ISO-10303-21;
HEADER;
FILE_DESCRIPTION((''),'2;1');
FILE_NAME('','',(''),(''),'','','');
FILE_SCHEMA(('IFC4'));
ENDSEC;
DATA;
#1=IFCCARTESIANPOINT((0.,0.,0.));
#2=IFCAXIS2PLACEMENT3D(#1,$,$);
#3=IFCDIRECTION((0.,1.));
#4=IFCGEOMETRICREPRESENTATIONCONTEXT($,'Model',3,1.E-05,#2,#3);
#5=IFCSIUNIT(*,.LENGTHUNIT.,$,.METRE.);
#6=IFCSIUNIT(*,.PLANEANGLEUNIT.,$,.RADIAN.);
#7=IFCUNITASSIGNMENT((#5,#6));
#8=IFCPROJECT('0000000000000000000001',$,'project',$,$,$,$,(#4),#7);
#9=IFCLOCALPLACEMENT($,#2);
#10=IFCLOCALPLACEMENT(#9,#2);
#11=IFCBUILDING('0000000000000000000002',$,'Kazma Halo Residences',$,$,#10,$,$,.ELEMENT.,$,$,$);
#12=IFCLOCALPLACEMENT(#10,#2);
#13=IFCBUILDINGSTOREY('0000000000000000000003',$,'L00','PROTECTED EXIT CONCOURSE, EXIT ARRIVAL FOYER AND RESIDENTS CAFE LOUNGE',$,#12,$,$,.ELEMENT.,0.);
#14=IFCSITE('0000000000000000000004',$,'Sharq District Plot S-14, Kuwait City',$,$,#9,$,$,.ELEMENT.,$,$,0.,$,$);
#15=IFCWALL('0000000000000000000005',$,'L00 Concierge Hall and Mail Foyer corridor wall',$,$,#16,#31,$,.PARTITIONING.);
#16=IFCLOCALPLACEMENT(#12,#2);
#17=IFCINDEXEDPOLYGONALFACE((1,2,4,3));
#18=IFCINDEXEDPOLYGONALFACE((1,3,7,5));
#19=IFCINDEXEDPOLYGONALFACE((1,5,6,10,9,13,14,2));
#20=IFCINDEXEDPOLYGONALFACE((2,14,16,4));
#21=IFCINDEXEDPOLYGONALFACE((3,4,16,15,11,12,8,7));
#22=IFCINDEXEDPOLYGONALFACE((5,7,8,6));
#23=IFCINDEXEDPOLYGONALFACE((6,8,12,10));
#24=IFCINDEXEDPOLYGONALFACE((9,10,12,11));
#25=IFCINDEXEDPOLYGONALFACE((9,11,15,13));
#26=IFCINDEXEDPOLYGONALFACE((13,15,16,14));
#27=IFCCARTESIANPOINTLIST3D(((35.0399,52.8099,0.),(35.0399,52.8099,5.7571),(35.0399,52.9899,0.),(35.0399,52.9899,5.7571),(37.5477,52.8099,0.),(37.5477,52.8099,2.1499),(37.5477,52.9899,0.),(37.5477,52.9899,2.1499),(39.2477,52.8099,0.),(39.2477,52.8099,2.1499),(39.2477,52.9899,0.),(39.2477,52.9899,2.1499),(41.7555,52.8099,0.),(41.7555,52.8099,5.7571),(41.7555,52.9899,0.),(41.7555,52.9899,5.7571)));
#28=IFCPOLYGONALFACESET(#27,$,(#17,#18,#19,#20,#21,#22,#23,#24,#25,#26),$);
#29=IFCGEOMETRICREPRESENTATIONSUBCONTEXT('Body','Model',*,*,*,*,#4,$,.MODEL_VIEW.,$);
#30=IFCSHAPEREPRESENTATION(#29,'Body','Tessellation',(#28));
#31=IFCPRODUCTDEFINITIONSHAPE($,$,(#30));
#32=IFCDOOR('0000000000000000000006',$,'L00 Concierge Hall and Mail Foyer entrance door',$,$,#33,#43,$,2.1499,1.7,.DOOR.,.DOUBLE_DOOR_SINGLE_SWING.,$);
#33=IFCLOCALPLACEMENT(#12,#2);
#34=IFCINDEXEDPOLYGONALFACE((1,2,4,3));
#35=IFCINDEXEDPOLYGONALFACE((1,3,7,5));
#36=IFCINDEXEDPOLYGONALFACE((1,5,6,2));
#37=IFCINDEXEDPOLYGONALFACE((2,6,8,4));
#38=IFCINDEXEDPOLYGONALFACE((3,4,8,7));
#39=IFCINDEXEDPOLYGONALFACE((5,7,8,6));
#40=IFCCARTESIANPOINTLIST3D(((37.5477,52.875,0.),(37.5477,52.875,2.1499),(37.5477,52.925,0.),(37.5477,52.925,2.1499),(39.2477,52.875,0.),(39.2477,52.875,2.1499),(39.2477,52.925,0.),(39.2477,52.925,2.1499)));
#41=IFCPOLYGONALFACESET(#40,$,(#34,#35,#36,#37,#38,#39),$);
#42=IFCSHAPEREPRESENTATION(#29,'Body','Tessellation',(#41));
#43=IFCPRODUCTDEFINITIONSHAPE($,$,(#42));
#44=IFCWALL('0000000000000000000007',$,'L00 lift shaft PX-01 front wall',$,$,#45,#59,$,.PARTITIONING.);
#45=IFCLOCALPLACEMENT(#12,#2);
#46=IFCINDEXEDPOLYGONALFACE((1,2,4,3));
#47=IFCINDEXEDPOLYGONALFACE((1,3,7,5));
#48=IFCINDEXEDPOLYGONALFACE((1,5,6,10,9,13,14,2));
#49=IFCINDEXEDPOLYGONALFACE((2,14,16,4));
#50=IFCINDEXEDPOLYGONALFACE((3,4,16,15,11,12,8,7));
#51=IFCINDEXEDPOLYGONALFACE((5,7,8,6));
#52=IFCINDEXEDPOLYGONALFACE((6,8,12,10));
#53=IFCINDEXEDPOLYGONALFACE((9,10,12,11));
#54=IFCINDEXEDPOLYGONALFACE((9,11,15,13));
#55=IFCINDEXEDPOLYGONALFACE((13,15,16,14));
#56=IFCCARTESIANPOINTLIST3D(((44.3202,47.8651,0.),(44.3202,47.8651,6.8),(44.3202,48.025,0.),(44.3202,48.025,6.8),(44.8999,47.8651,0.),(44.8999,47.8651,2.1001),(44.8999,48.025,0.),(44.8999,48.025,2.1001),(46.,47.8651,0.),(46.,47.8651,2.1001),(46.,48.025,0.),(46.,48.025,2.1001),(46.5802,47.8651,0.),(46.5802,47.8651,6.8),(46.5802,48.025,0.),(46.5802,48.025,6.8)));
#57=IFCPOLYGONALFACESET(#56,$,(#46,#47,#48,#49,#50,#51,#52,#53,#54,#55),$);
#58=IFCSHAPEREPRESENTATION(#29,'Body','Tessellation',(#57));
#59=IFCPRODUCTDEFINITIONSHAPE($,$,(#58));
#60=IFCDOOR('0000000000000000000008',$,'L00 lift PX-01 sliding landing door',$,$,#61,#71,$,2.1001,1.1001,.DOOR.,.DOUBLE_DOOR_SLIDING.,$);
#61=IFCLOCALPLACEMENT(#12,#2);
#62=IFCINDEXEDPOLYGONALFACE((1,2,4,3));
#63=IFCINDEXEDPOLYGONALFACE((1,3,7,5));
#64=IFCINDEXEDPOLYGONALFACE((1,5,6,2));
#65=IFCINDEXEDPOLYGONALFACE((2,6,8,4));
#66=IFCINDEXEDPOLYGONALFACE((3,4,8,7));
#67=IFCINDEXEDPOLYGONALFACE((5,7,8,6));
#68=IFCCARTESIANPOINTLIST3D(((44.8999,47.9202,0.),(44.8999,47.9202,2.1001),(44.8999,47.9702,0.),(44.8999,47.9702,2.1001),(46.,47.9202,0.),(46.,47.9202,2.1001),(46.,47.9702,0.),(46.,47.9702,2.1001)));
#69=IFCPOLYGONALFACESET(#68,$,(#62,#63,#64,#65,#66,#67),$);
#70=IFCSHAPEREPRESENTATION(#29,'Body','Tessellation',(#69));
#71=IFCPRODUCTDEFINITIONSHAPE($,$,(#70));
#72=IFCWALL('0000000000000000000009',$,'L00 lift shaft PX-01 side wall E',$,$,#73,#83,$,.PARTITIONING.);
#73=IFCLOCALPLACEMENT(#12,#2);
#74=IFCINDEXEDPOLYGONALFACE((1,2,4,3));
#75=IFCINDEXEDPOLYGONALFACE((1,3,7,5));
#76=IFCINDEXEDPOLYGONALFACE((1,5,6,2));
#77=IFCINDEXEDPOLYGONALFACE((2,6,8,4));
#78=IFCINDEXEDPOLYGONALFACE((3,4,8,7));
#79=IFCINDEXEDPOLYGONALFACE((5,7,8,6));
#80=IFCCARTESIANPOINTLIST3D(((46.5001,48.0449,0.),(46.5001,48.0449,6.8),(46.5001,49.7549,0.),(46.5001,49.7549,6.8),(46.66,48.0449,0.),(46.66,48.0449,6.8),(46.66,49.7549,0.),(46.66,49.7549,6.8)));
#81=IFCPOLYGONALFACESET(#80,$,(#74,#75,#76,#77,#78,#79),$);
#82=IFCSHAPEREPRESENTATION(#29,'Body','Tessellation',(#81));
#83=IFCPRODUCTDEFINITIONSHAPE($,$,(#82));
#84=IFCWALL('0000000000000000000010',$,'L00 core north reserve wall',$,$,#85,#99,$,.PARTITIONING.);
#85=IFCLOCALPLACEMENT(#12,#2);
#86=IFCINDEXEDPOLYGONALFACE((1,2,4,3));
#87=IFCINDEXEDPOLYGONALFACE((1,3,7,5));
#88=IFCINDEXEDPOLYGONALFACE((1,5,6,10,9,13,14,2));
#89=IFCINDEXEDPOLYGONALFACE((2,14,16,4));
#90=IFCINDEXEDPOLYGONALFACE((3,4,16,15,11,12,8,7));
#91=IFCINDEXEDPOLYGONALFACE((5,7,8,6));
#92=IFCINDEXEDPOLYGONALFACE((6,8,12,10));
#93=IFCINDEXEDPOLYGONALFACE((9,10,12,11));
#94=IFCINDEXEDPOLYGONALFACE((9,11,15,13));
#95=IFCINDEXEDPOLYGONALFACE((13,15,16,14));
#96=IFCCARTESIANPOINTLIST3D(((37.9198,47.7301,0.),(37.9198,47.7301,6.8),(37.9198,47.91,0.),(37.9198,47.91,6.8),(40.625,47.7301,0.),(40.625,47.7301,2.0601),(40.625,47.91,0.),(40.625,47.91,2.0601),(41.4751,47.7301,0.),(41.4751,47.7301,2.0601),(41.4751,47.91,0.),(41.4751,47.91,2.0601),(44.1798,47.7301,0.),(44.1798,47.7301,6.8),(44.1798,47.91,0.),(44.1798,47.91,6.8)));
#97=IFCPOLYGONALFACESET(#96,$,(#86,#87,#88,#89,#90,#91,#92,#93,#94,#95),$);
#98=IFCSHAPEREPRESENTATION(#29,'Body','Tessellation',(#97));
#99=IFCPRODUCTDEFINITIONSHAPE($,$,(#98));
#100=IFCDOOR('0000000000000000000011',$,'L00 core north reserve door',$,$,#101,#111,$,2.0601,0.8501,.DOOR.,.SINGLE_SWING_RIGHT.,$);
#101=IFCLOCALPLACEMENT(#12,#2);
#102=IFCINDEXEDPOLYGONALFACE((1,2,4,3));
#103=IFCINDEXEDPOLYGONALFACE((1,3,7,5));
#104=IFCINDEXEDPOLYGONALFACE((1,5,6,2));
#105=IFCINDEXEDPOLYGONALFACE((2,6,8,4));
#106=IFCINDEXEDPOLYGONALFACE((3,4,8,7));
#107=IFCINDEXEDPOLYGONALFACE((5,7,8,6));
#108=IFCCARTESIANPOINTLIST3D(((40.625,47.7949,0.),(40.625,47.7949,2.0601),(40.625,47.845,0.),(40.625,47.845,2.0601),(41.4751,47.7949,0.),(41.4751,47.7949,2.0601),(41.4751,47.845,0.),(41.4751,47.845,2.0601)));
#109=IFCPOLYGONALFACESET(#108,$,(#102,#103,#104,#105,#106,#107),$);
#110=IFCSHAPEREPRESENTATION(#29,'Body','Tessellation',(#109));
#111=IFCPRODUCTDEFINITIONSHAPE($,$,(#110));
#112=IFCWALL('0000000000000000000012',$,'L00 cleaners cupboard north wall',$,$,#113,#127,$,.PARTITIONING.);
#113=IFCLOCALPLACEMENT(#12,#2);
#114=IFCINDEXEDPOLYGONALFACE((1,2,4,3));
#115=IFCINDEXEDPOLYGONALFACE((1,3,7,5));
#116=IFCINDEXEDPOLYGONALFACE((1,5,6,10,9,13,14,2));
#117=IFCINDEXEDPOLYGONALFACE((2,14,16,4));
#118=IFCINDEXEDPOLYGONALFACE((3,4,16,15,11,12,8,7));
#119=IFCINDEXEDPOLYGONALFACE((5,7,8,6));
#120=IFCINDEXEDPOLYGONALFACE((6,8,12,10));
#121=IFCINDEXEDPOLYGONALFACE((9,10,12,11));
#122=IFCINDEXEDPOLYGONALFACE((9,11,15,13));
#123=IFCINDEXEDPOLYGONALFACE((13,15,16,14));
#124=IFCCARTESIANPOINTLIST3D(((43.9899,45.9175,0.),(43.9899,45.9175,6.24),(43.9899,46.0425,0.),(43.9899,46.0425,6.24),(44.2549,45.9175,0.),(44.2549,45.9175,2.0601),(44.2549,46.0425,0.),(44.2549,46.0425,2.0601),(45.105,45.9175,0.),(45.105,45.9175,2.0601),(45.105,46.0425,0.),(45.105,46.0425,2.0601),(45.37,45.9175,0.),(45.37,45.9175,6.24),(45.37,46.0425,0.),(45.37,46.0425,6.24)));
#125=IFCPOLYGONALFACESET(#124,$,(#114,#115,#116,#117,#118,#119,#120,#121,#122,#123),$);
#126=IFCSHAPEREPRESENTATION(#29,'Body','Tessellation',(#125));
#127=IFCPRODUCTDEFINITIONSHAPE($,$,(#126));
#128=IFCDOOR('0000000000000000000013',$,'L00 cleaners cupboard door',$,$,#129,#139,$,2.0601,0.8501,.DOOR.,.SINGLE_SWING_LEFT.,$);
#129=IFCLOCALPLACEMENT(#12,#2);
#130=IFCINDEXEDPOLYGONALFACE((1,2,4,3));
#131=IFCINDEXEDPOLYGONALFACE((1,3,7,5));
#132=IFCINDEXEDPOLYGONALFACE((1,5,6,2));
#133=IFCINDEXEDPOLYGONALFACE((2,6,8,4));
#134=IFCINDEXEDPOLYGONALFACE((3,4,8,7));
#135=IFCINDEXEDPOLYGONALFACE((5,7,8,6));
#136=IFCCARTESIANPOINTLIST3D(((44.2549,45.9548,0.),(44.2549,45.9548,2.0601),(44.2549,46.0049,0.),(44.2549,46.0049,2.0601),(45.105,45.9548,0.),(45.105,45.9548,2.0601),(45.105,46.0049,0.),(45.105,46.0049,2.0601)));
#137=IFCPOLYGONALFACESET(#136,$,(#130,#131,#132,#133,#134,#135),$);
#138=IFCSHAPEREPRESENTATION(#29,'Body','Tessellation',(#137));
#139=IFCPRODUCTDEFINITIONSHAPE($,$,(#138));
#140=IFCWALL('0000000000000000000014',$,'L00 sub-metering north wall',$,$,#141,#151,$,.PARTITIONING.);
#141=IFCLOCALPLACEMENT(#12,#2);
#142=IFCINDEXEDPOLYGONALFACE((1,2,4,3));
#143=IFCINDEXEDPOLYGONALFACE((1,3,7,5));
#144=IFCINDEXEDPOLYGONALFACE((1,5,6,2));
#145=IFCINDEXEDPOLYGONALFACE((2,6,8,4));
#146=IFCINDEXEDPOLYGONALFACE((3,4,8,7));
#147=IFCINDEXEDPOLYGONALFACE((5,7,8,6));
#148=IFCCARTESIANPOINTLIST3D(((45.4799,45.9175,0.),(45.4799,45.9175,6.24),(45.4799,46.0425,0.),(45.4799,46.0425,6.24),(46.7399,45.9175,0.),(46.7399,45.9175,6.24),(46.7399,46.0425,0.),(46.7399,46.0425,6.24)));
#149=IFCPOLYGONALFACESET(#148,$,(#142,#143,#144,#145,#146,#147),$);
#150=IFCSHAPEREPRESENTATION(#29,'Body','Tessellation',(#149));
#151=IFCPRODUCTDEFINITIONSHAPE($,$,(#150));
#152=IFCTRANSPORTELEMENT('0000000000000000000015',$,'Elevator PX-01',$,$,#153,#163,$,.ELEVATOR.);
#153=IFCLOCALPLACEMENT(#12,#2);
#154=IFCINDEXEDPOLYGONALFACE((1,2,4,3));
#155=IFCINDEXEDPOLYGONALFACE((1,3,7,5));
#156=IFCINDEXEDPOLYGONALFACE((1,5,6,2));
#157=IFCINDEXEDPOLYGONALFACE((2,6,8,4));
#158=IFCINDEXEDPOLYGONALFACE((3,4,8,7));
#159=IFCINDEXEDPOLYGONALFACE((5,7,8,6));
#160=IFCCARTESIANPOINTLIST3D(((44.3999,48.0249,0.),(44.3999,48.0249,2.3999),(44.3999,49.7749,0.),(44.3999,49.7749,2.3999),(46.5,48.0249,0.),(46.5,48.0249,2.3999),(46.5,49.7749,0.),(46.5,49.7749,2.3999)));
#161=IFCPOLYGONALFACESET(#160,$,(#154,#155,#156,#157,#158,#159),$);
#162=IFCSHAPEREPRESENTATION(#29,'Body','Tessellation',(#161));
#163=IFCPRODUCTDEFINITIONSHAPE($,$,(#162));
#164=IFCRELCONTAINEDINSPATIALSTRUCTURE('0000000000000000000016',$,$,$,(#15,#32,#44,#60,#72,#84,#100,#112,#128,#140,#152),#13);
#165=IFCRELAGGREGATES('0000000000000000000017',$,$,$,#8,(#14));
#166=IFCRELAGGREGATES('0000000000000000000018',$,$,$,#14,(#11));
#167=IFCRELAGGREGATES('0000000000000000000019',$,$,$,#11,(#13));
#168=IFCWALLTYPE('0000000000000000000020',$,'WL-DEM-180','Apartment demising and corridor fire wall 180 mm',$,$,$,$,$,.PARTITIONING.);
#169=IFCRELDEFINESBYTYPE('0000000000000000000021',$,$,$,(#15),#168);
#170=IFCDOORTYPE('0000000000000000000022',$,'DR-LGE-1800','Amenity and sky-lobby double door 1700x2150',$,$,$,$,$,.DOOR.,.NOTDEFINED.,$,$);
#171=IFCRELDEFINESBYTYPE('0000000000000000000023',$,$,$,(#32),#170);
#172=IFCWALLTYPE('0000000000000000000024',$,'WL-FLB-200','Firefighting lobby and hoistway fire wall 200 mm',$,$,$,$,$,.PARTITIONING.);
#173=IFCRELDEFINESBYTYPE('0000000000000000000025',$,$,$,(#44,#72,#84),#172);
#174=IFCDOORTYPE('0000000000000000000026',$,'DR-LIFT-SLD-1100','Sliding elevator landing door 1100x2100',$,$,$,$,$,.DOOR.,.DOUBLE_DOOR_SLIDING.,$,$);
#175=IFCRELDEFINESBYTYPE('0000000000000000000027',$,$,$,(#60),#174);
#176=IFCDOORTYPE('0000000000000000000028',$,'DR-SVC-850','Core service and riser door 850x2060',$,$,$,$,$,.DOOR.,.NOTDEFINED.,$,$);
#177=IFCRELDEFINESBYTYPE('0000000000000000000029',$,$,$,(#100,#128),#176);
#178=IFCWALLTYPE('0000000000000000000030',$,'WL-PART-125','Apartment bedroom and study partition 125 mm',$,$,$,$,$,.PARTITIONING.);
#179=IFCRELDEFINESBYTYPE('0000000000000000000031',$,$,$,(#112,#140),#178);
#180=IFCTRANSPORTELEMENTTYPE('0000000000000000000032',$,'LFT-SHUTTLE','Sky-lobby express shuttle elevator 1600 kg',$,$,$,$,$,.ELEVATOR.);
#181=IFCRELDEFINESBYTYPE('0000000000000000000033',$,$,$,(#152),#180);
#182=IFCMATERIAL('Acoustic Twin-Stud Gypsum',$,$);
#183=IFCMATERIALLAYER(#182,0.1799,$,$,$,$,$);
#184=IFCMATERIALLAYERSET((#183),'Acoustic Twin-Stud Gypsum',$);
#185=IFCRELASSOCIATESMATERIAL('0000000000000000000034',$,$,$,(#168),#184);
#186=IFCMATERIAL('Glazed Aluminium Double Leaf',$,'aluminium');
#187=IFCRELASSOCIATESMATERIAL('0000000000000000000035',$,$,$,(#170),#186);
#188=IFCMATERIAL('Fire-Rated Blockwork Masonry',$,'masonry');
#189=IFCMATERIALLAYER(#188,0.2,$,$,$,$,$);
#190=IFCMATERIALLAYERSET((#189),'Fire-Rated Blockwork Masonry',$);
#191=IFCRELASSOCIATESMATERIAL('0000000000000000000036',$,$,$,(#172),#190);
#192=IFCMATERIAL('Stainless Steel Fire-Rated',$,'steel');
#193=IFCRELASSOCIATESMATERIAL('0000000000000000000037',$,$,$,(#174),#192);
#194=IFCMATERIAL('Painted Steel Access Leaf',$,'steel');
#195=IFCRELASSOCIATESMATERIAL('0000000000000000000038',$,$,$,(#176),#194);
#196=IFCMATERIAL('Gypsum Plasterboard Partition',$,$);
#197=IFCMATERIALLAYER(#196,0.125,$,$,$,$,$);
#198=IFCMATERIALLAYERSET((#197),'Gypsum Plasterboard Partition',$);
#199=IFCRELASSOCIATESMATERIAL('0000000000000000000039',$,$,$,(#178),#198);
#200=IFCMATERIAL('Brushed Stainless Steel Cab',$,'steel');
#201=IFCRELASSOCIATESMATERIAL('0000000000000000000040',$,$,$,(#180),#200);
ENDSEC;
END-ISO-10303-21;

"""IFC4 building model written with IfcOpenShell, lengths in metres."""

from ifc_helpers import new_model, si_unit, direction, frame, frame_2d, origin, origin_2d, place, context, subcontext, project, spatial, rectangle, extrude, material, layer, layer_set, type_object, element, fill, save


model = new_model("IFC4")

# Units and contexts
model_context = context("Model", 3, precision=1e-05, world=origin(), true_north=direction((0.0, 1.0)))
body_context = subcontext(model_context, "Body", "Model", "MODEL_VIEW")
ifc_project = project(units=[si_unit("LENGTHUNIT", "METRE"), si_unit("PLANEANGLEUNIT", "RADIAN")], contexts=[model_context])

# Site, building, storey
site_placement = place(None, origin())
site = spatial("IfcSite", under=ifc_project, at=site_placement, Name="Sharq District Plot S-14, Kuwait City", CompositionType="ELEMENT", RefElevation=0.0)
building_placement = place(site_placement, origin())
building = spatial("IfcBuilding", under=site, at=building_placement, Name="Kazma Halo Residences", CompositionType="ELEMENT")
storey_placement = place(building_placement, origin())
storey = spatial("IfcBuildingStorey", under=building, at=storey_placement, Name="L00", Description="PROTECTED EXIT CONCOURSE, EXIT ARRIVAL FOYER AND RESIDENTS CAFE LOUNGE", CompositionType="ELEMENT", Elevation=0.0)

# Shared definitions
ifc_material_1 = material(Name="Acoustic Twin-Stud Gypsum")
ifc_layer_1 = layer(ifc_material_1, 0.1799)
ifc_layer_set_1 = layer_set([ifc_layer_1], Name="Acoustic Twin-Stud Gypsum")
wall_type_1 = type_object("IfcWallType", Name="WL-DEM-180", Description="Apartment demising and corridor fire wall 180 mm", PredefinedType="PARTITIONING", material=ifc_layer_set_1)

# Walls, openings, doors
wall_1_placement = place(storey_placement, frame((41.7556, 52.8999, 0.0), z_axis=(0.0, 0.0, 1.0), x_axis=(-1.0, 0.0, 0.0)))
wall_1 = element("IfcWall", 1, at=wall_1_placement, inside=storey, type_object=wall_type_1, Name="L00 Concierge Hall and Mail Foyer corridor wall", PredefinedType="PARTITIONING", context=body_context, shape_type="SweptSolid", body=[
    extrude(rectangle(XDim=6.7156, YDim=0.1799, at=frame_2d((3.3579, 0.0))), origin(), (0.0, 0.0, 1.0), 5.7571),
])
opening_1_placement = place(wall_1_placement, frame((2.5078, 0.0, 0.0)))
opening_1 = element("IfcOpeningElement", 2, at=opening_1_placement, cuts=wall_1, PredefinedType="OPENING", context=body_context, shape_type="SweptSolid", body=[
    extrude(rectangle(XDim=1.7, YDim=2.1499, at=frame_2d((0.8501, 1.075))), frame((0.0, 0.0999, 0.0), z_axis=(0.0, -1.0, 0.0), x_axis=(1.0, 0.0, 0.0)), (0.0, 0.0, 1.0), 0.2),
])
ifc_material_2 = material(Name="Glazed Aluminium Double Leaf", Category="aluminium")
door_type_1 = type_object("IfcDoorType", Name="DR-LGE-1800", Description="Amenity and sky-lobby double door 1700x2150", OperationType="NOTDEFINED", PredefinedType="DOOR", material=ifc_material_2)
door_1_placement = place(opening_1_placement, origin())
door_1 = element("IfcDoor", 3, at=door_1_placement, inside=storey, type_object=door_type_1, Name="L00 Concierge Hall and Mail Foyer entrance door", OperationType="DOUBLE_DOOR_SINGLE_SWING", OverallHeight=2.1499, OverallWidth=1.7, PredefinedType="DOOR", context=body_context, shape_type="SweptSolid", body=[
    extrude(rectangle(XDim=1.7, YDim=2.1499, at=frame_2d((0.8501, 1.075))), frame((0.0, 0.0249, 0.0), z_axis=(0.0, -1.0, 0.0), x_axis=(1.0, 0.0, 0.0)), (0.0, 0.0, 1.0), 0.05),
])
fill(opening_1, door_1)
ifc_material_3 = material(Name="Fire-Rated Blockwork Masonry", Category="masonry")
ifc_layer_2 = layer(ifc_material_3, 0.2)
ifc_layer_set_2 = layer_set([ifc_layer_2], Name="Fire-Rated Blockwork Masonry")
wall_type_2 = type_object("IfcWallType", Name="WL-FLB-200", Description="Firefighting lobby and hoistway fire wall 200 mm", PredefinedType="PARTITIONING", material=ifc_layer_set_2)
wall_2_placement = place(storey_placement, frame((46.5801, 47.9451, 0.0), z_axis=(0.0, 0.0, 1.0), x_axis=(-1.0, 0.0, 0.0)))
wall_2 = element("IfcWall", 4, at=wall_2_placement, inside=storey, type_object=wall_type_2, Name="L00 lift shaft PX-01 front wall", PredefinedType="PARTITIONING", context=body_context, shape_type="SweptSolid", body=[
    extrude(rectangle(XDim=2.26, YDim=0.1599, at=frame_2d((1.1299, 0.0))), origin(), (0.0, 0.0, 1.0), 6.8),
])
opening_2_placement = place(wall_2_placement, frame((0.5801, 0.0, 0.0)))
opening_2 = element("IfcOpeningElement", 5, at=opening_2_placement, cuts=wall_2, PredefinedType="OPENING", context=body_context, shape_type="SweptSolid", body=[
    extrude(rectangle(XDim=1.1001, YDim=2.1001, at=frame_2d((0.55, 1.05))), frame((0.0, 0.0898, 0.0), z_axis=(0.0, -1.0, 0.0), x_axis=(1.0, 0.0, 0.0)), (0.0, 0.0, 1.0), 0.1799),
])
ifc_material_4 = material(Name="Stainless Steel Fire-Rated", Category="steel")
door_type_2 = type_object("IfcDoorType", Name="DR-LIFT-SLD-1100", Description="Sliding elevator landing door 1100x2100", OperationType="DOUBLE_DOOR_SLIDING", PredefinedType="DOOR", material=ifc_material_4)
door_2_placement = place(opening_2_placement, origin())
door_2 = element("IfcDoor", 6, at=door_2_placement, inside=storey, type_object=door_type_2, Name="L00 lift PX-01 sliding landing door", OperationType="DOUBLE_DOOR_SLIDING", OverallHeight=2.1001, OverallWidth=1.1001, PredefinedType="DOOR", context=body_context, shape_type="SweptSolid", body=[
    extrude(rectangle(XDim=1.1001, YDim=2.1001, at=frame_2d((0.55, 1.05))), frame((0.0, 0.0249, 0.0), z_axis=(0.0, -1.0, 0.0), x_axis=(1.0, 0.0, 0.0)), (0.0, 0.0, 1.0), 0.05),
])
fill(opening_2, door_2)

# Wall
wall_3_placement = place(storey_placement, frame((46.5801, 48.0449, 0.0), z_axis=(0.0, 0.0, 1.0), x_axis=(0.0, 1.0, 0.0)))
element("IfcWall", 7, at=wall_3_placement, inside=storey, type_object=wall_type_2, Name="L00 lift shaft PX-01 side wall E", PredefinedType="PARTITIONING", context=body_context, shape_type="SweptSolid", body=[
    extrude(rectangle(XDim=1.71, YDim=0.1599, at=frame_2d((0.855, 0.0))), origin(), (0.0, 0.0, 1.0), 6.8),
])

# Walls, openings, doors
wall_4_placement = place(storey_placement, frame((37.9199, 47.8201, 0.0), z_axis=(0.0, 0.0, 1.0), x_axis=(1.0, 0.0, 0.0)))
wall_4 = element("IfcWall", 8, at=wall_4_placement, inside=storey, type_object=wall_type_2, Name="L00 core north reserve wall", PredefinedType="PARTITIONING", context=body_context, shape_type="SweptSolid", body=[
    extrude(rectangle(XDim=6.26, YDim=0.1799, at=frame_2d((3.1299, 0.0))), origin(), (0.0, 0.0, 1.0), 6.8),
])
opening_3_placement = place(wall_4_placement, frame((2.7051, 0.0, 0.0)))
opening_3 = element("IfcOpeningElement", 9, at=opening_3_placement, cuts=wall_4, PredefinedType="OPENING", context=body_context, shape_type="SweptSolid", body=[
    extrude(rectangle(XDim=0.8501, YDim=2.0601, at=frame_2d((0.425, 1.03))), frame((0.0, 0.0999, 0.0), z_axis=(0.0, -1.0, 0.0), x_axis=(1.0, 0.0, 0.0)), (0.0, 0.0, 1.0), 0.2),
])
ifc_material_5 = material(Name="Painted Steel Access Leaf", Category="steel")
door_type_3 = type_object("IfcDoorType", Name="DR-SVC-850", Description="Core service and riser door 850x2060", OperationType="NOTDEFINED", PredefinedType="DOOR", material=ifc_material_5)
door_3_placement = place(opening_3_placement, origin())
door_3 = element("IfcDoor", 10, at=door_3_placement, inside=storey, type_object=door_type_3, Name="L00 core north reserve door", OperationType="SINGLE_SWING_RIGHT", OverallHeight=2.0601, OverallWidth=0.8501, PredefinedType="DOOR", context=body_context, shape_type="SweptSolid", body=[
    extrude(rectangle(XDim=0.8501, YDim=2.0601, at=frame_2d((0.425, 1.03))), frame((0.0, 0.0249, 0.0), z_axis=(0.0, -1.0, 0.0), x_axis=(1.0, 0.0, 0.0)), (0.0, 0.0, 1.0), 0.05),
])
fill(opening_3, door_3)
ifc_material_6 = material(Name="Gypsum Plasterboard Partition")
ifc_layer_3 = layer(ifc_material_6, 0.125)
ifc_layer_set_3 = layer_set([ifc_layer_3], Name="Gypsum Plasterboard Partition")
wall_type_3 = type_object("IfcWallType", Name="WL-PART-125", Description="Apartment bedroom and study partition 125 mm", PredefinedType="PARTITIONING", material=ifc_layer_set_3)
wall_5_placement = place(storey_placement, frame((43.99, 45.98, 0.0), z_axis=(0.0, 0.0, 1.0), x_axis=(1.0, 0.0, 0.0)))
wall_5 = element("IfcWall", 11, at=wall_5_placement, inside=storey, type_object=wall_type_3, Name="L00 cleaners cupboard north wall", PredefinedType="PARTITIONING", context=body_context, shape_type="SweptSolid", body=[
    extrude(rectangle(XDim=1.3801, YDim=0.125, at=frame_2d((0.6899, 0.0))), origin(), (0.0, 0.0, 1.0), 6.24),
])
opening_4_placement = place(wall_5_placement, frame((0.2649, 0.0, 0.0)))
opening_4 = element("IfcOpeningElement", 12, at=opening_4_placement, cuts=wall_5, PredefinedType="OPENING", context=body_context, shape_type="SweptSolid", body=[
    extrude(rectangle(XDim=0.8501, YDim=2.0601, at=frame_2d((0.425, 1.03))), frame((0.0, 0.0725, 0.0), z_axis=(0.0, -1.0, 0.0), x_axis=(1.0, 0.0, 0.0)), (0.0, 0.0, 1.0), 0.145),
])
door_4_placement = place(opening_4_placement, origin())
door_4 = element("IfcDoor", 13, at=door_4_placement, inside=storey, type_object=door_type_3, Name="L00 cleaners cupboard door", OperationType="SINGLE_SWING_LEFT", OverallHeight=2.0601, OverallWidth=0.8501, PredefinedType="DOOR", context=body_context, shape_type="SweptSolid", body=[
    extrude(rectangle(XDim=0.8501, YDim=2.0601, at=frame_2d((0.425, 1.03))), frame((0.0, 0.0249, 0.0), z_axis=(0.0, -1.0, 0.0), x_axis=(1.0, 0.0, 0.0)), (0.0, 0.0, 1.0), 0.05),
])
fill(opening_4, door_4)

# Wall
wall_6_placement = place(storey_placement, frame((45.48, 45.98, 0.0), z_axis=(0.0, 0.0, 1.0), x_axis=(1.0, 0.0, 0.0)))
element("IfcWall", 14, at=wall_6_placement, inside=storey, type_object=wall_type_3, Name="L00 sub-metering north wall", PredefinedType="PARTITIONING", context=body_context, shape_type="SweptSolid", body=[
    extrude(rectangle(XDim=1.26, YDim=0.125, at=frame_2d((0.6299, 0.0))), origin(), (0.0, 0.0, 1.0), 6.24),
])

# Transport element
ifc_material_7 = material(Name="Brushed Stainless Steel Cab", Category="steel")
transport_element_type = type_object("IfcTransportElementType", Name="LFT-SHUTTLE", Description="Sky-lobby express shuttle elevator 1600 kg", PredefinedType="ELEVATOR", material=ifc_material_7)
transport_element_placement = place(storey_placement, frame((45.45, 48.8999, 0.0), z_axis=(0.0, 0.0, 1.0), x_axis=(1.0, 0.0, 0.0)))
element("IfcTransportElement", 15, at=transport_element_placement, inside=storey, type_object=transport_element_type, Name="Elevator PX-01", PredefinedType="ELEVATOR", context=body_context, shape_type="SweptSolid", body=[
    extrude(rectangle(XDim=2.1001, YDim=1.75, at=origin_2d()), origin(), (0.0, 0.0, 1.0), 2.3999),
])

save(model, "model.ifc")
